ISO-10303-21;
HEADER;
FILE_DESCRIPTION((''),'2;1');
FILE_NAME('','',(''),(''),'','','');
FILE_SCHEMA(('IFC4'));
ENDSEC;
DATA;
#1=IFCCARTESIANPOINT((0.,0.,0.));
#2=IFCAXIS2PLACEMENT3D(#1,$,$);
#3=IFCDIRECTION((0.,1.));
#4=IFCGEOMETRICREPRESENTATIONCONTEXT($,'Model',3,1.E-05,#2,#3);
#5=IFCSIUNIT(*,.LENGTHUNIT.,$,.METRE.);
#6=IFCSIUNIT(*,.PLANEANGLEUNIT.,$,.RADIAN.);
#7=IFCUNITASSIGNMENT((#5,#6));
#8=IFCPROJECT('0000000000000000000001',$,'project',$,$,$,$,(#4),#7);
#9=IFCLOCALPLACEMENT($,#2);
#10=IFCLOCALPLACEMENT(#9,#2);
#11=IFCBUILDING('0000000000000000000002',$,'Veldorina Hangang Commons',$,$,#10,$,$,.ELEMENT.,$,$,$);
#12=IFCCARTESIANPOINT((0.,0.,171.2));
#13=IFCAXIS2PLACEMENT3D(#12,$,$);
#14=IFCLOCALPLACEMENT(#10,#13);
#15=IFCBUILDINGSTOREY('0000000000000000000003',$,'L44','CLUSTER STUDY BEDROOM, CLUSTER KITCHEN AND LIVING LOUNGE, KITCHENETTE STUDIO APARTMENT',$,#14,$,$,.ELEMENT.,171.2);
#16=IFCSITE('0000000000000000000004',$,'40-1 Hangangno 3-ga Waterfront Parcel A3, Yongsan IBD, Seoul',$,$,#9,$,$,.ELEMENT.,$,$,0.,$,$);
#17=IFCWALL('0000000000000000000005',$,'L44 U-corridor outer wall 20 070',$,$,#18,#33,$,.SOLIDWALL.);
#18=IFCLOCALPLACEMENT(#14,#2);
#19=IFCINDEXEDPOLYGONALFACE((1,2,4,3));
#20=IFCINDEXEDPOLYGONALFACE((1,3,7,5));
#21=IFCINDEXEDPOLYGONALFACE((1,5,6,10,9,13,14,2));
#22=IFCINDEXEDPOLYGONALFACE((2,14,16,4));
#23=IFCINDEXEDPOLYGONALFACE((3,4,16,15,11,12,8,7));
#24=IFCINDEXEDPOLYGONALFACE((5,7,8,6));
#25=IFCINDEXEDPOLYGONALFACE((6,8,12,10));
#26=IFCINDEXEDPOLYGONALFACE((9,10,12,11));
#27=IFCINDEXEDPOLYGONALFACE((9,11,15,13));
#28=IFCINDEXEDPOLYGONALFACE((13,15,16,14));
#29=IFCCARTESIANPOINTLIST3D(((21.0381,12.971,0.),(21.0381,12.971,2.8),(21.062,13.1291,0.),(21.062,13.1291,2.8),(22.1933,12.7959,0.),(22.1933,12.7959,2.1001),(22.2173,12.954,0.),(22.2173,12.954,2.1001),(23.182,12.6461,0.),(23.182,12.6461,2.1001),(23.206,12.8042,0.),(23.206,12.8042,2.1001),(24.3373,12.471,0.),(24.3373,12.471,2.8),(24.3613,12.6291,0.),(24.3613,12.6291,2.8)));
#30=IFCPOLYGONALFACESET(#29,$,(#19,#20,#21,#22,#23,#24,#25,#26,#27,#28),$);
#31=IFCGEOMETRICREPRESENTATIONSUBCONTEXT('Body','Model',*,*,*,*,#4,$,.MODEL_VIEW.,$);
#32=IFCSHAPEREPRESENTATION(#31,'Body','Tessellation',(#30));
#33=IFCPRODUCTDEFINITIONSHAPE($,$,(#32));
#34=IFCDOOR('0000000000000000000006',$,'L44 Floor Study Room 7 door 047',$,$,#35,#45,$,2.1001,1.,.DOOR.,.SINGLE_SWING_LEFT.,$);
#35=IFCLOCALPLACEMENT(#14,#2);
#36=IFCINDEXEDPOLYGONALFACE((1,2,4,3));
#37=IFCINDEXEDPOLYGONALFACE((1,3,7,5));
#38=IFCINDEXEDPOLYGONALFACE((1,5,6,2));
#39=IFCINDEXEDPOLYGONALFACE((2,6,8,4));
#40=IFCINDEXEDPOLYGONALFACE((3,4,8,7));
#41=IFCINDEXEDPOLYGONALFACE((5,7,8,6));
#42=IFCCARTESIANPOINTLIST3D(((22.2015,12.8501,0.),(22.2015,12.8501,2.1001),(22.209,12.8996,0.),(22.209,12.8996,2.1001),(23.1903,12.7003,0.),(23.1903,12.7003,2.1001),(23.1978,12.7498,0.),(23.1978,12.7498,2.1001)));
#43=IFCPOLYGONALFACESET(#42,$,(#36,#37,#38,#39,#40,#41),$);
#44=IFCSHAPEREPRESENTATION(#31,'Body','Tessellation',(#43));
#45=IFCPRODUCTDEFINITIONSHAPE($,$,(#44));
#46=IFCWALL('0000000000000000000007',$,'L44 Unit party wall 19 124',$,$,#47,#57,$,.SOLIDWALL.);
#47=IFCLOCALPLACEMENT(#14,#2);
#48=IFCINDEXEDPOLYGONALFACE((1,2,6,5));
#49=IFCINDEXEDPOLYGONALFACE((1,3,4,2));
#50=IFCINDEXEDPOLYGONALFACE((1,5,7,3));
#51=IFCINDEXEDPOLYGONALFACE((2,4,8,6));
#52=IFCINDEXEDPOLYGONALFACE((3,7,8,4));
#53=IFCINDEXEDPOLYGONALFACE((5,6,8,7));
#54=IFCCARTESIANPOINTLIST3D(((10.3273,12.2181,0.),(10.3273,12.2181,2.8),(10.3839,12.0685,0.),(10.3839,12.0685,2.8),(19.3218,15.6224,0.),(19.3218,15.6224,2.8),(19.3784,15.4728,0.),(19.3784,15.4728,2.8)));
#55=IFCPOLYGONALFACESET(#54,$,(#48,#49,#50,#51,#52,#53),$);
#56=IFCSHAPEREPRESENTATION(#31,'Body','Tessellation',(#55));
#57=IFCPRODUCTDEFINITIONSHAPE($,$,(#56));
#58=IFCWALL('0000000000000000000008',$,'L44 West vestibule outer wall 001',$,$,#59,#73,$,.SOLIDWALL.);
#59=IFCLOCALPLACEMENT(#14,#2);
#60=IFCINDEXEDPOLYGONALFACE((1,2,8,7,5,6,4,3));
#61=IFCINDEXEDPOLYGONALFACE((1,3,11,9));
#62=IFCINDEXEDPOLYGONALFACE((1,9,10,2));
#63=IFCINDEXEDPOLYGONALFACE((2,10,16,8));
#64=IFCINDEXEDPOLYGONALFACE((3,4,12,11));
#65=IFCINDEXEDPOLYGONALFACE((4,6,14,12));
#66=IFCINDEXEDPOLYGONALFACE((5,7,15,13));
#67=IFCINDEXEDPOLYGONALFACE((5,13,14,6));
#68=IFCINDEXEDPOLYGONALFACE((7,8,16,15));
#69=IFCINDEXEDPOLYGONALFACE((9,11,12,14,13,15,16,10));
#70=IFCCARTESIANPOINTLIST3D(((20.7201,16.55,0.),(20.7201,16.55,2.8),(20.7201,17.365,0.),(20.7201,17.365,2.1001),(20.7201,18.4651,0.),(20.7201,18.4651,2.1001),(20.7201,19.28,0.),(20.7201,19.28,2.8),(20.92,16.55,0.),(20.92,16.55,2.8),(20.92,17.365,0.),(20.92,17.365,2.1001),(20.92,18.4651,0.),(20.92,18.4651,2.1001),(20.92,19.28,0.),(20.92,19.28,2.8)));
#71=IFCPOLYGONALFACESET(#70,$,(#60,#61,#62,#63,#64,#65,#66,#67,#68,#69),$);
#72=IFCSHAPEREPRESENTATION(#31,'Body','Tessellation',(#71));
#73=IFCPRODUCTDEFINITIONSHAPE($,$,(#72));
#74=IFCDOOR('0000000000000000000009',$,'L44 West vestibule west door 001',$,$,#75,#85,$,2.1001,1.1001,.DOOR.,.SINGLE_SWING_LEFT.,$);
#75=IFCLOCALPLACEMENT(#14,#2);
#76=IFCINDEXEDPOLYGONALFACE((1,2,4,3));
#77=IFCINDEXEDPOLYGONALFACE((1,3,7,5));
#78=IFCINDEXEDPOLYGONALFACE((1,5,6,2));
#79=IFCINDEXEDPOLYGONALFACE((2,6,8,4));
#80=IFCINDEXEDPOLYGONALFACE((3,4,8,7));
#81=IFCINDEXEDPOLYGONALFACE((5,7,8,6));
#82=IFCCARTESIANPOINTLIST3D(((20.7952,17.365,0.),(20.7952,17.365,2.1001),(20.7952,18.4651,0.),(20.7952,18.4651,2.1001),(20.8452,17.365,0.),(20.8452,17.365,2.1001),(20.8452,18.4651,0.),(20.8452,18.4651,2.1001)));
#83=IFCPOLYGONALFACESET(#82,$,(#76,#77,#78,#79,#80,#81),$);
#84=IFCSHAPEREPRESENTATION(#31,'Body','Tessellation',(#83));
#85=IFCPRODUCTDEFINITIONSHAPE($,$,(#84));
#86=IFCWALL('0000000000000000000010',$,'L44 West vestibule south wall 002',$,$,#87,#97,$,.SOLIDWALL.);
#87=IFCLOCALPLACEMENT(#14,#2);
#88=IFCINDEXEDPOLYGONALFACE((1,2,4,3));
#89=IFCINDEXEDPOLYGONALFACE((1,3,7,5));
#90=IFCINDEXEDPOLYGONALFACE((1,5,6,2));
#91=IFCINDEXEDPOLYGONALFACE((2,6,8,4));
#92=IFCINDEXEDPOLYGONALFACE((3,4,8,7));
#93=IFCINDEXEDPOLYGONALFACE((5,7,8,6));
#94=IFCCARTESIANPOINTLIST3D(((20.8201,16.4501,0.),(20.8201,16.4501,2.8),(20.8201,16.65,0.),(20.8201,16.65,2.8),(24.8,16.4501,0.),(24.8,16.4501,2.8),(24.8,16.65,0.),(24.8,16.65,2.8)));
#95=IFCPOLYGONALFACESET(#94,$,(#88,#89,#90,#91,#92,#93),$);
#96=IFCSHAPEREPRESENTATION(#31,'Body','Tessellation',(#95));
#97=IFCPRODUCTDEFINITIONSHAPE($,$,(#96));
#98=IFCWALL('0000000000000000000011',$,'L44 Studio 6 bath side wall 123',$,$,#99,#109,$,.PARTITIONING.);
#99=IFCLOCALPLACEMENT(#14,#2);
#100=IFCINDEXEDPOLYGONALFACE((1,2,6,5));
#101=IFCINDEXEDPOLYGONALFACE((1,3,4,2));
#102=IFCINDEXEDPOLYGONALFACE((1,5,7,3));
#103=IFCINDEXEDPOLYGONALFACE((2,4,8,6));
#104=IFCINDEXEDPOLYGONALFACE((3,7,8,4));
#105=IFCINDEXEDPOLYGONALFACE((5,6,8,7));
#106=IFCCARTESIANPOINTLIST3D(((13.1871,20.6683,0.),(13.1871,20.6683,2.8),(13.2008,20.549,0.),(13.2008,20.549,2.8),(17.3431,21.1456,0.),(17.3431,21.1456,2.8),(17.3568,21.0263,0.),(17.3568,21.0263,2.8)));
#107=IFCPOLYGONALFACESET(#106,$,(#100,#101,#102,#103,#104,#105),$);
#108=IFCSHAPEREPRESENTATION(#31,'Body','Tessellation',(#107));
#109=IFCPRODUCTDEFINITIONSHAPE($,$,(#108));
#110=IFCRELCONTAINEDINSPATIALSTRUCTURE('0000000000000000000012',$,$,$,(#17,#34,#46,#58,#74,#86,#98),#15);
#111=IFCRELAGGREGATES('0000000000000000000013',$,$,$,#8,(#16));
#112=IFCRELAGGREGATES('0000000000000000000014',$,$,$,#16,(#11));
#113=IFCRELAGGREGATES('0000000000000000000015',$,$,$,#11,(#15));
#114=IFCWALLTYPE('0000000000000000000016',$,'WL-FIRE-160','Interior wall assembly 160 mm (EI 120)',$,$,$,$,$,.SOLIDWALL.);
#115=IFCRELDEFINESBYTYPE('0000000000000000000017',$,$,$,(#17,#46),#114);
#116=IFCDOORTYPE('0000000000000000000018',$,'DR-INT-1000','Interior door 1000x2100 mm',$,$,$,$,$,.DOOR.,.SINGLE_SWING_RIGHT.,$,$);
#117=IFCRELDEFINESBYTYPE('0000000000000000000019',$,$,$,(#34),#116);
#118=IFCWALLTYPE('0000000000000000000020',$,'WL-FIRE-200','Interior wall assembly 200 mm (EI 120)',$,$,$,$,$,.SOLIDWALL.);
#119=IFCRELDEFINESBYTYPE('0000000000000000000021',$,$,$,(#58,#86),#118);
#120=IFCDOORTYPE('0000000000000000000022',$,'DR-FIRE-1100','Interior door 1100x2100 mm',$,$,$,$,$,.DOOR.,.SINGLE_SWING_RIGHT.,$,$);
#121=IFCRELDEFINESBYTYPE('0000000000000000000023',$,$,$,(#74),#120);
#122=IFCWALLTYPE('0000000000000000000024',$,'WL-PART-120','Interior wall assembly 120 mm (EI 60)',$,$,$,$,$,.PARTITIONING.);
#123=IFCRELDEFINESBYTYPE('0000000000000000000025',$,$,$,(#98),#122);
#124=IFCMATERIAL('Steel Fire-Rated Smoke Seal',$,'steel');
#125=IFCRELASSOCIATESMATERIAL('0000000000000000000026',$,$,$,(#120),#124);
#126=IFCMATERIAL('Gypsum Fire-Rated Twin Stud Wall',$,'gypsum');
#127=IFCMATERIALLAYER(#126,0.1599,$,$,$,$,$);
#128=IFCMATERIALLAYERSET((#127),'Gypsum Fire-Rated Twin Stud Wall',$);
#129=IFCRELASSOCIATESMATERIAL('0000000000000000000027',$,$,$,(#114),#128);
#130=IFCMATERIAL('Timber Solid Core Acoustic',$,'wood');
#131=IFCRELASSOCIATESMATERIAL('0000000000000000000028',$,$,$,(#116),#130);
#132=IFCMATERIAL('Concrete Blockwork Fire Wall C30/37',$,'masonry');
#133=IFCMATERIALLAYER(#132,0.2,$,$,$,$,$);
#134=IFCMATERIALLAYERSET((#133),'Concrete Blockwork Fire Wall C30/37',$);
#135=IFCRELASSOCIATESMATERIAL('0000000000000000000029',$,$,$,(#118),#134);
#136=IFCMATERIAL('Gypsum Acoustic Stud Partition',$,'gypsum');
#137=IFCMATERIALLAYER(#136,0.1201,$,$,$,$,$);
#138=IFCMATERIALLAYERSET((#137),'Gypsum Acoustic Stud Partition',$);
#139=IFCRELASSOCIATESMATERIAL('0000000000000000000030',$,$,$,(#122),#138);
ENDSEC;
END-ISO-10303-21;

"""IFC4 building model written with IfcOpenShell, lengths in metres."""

from ifc_helpers import new_model, si_unit, direction, frame, frame_2d, origin, place, context, subcontext, project, spatial, rectangle, extrude, material, layer, layer_set, type_object, element, fill, save


model = new_model("IFC4")

# Units and contexts
model_context = context("Model", 3, precision=1e-05, world=origin(), true_north=direction((0.0, 1.0)))
body_context = subcontext(model_context, "Body", "Model", "MODEL_VIEW")
ifc_project = project(units=[si_unit("LENGTHUNIT", "METRE"), si_unit("PLANEANGLEUNIT", "RADIAN")], contexts=[model_context])

# Site, building, storey
site_placement = place(None, origin())
site = spatial("IfcSite", under=ifc_project, at=site_placement, Name="40-1 Hangangno 3-ga Waterfront Parcel A3, Yongsan IBD, Seoul", CompositionType="ELEMENT", RefElevation=0.0)
building_placement = place(site_placement, origin())
building = spatial("IfcBuilding", under=site, at=building_placement, Name="Veldorina Hangang Commons", CompositionType="ELEMENT")
storey_placement = place(building_placement, frame((0.0, 0.0, 171.2)))
storey = spatial("IfcBuildingStorey", under=building, at=storey_placement, Name="L44", Description="CLUSTER STUDY BEDROOM, CLUSTER KITCHEN AND LIVING LOUNGE, KITCHENETTE STUDIO APARTMENT", CompositionType="ELEMENT", Elevation=171.2)

# Shared definitions
ifc_material_1 = material(Name="Steel Fire-Rated Smoke Seal", Category="steel")
door_type_1 = type_object("IfcDoorType", Name="DR-FIRE-1100", Description="Interior door 1100x2100 mm", OperationType="SINGLE_SWING_RIGHT", PredefinedType="DOOR", material=ifc_material_1)
ifc_material_2 = material(Name="Gypsum Fire-Rated Twin Stud Wall", Category="gypsum")
ifc_layer_1 = layer(ifc_material_2, 0.1599)
ifc_layer_set_1 = layer_set([ifc_layer_1], Name="Gypsum Fire-Rated Twin Stud Wall")
wall_type_1 = type_object("IfcWallType", Name="WL-FIRE-160", Description="Interior wall assembly 160 mm (EI 120)", PredefinedType="SOLIDWALL", material=ifc_layer_set_1)

# Wall, opening, door
wall_1_placement = place(storey_placement, frame((21.05, 13.05, 0.0), z_axis=(0.0, 0.0, 1.0), x_axis=(0.988711, -0.149836, 0.0)))
wall_1 = element("IfcWall", 1, at=wall_1_placement, inside=storey, type_object=wall_type_1, Name="L44 U-corridor outer wall 20 070", PredefinedType="SOLIDWALL", context=body_context, shape_type="SweptSolid", body=[
    extrude(rectangle(XDim=3.3369, YDim=0.1599, at=frame_2d((1.6685, 0.0))), origin(), (0.0, 0.0, 1.0), 2.8),
])
opening_1_placement = place(wall_1_placement, frame((1.1685, 0.0, 0.0)))
opening_1 = element("IfcOpeningElement", 2, at=opening_1_placement, cuts=wall_1, PredefinedType="OPENING", context=body_context, shape_type="SweptSolid", body=[
    extrude(rectangle(XDim=1.0, YDim=2.1001, at=frame_2d((0.5, 1.05))), frame((0.0, 0.0898, 0.0), z_axis=(0.0, -1.0, 0.0), x_axis=(1.0, 0.0, 0.0)), (0.0, 0.0, 1.0), 0.1799),
])
ifc_material_3 = material(Name="Timber Solid Core Acoustic", Category="wood")
door_type_2 = type_object("IfcDoorType", Name="DR-INT-1000", Description="Interior door 1000x2100 mm", OperationType="SINGLE_SWING_RIGHT", PredefinedType="DOOR", material=ifc_material_3)
door_1_placement = place(opening_1_placement, origin())
door_1 = element("IfcDoor", 3, at=door_1_placement, inside=storey, type_object=door_type_2, Name="L44 Floor Study Room 7 door 047", OperationType="SINGLE_SWING_LEFT", OverallHeight=2.1001, OverallWidth=1.0, PredefinedType="DOOR", context=body_context, shape_type="SweptSolid", body=[
    extrude(rectangle(XDim=1.0, YDim=2.1001, at=frame_2d((0.5, 1.05))), frame((0.0, 0.0249, 0.0), z_axis=(0.0, -1.0, 0.0), x_axis=(1.0, 0.0, 0.0)), (0.0, 0.0, 1.0), 0.05),
])
fill(opening_1, door_1)

# Wall
wall_2_placement = place(storey_placement, frame((19.3501, 15.5476, 0.0), z_axis=(0.0, 0.0, 1.0), x_axis=(-0.935251, -0.353985, 0.0)))
element("IfcWall", 4, at=wall_2_placement, inside=storey, type_object=wall_type_1, Name="L44 Unit party wall 19 124", PredefinedType="SOLIDWALL", context=body_context, shape_type="SweptSolid", body=[
    extrude(rectangle(XDim=9.6172, YDim=0.1599, at=frame_2d((4.8086, 0.0))), origin(), (0.0, 0.0, 1.0), 2.8),
])

# Wall, opening, door
ifc_material_4 = material(Name="Concrete Blockwork Fire Wall C30/37", Category="masonry")
ifc_layer_2 = layer(ifc_material_4, 0.2)
ifc_layer_set_2 = layer_set([ifc_layer_2], Name="Concrete Blockwork Fire Wall C30/37")
wall_type_2 = type_object("IfcWallType", Name="WL-FIRE-200", Description="Interior wall assembly 200 mm (EI 120)", PredefinedType="SOLIDWALL", material=ifc_layer_set_2)
wall_3_placement = place(storey_placement, frame((20.8201, 16.55, 0.0), z_axis=(0.0, 0.0, 1.0), x_axis=(0.0, 1.0, 0.0)))
wall_3 = element("IfcWall", 5, at=wall_3_placement, inside=storey, type_object=wall_type_2, Name="L44 West vestibule outer wall 001", PredefinedType="SOLIDWALL", context=body_context, shape_type="SweptSolid", body=[
    extrude(rectangle(XDim=2.73, YDim=0.2, at=frame_2d((1.365, 0.0))), origin(), (0.0, 0.0, 1.0), 2.8),
])
opening_2_placement = place(wall_3_placement, frame((0.8149, 0.0, 0.0)))
opening_2 = element("IfcOpeningElement", 6, at=opening_2_placement, cuts=wall_3, PredefinedType="OPENING", context=body_context, shape_type="SweptSolid", body=[
    extrude(rectangle(XDim=1.1001, YDim=2.1001, at=frame_2d((0.55, 1.05))), frame((0.0, 0.1099, 0.0), z_axis=(0.0, -1.0, 0.0), x_axis=(1.0, 0.0, 0.0)), (0.0, 0.0, 1.0), 0.22),
])
door_2_placement = place(opening_2_placement, origin())
door_2 = element("IfcDoor", 7, at=door_2_placement, inside=storey, type_object=door_type_1, Name="L44 West vestibule west door 001", OperationType="SINGLE_SWING_LEFT", OverallHeight=2.1001, OverallWidth=1.1001, PredefinedType="DOOR", context=body_context, shape_type="SweptSolid", body=[
    extrude(rectangle(XDim=1.1001, YDim=2.1001, at=frame_2d((0.55, 1.05))), frame((0.0, 0.0249, 0.0), z_axis=(0.0, -1.0, 0.0), x_axis=(1.0, 0.0, 0.0)), (0.0, 0.0, 1.0), 0.05),
])
fill(opening_2, door_2)

# Walls
wall_4_placement = place(storey_placement, frame((20.8201, 16.55, 0.0), z_axis=(0.0, 0.0, 1.0), x_axis=(1.0, 0.0, 0.0)))
element("IfcWall", 8, at=wall_4_placement, inside=storey, type_object=wall_type_2, Name="L44 West vestibule south wall 002", PredefinedType="SOLIDWALL", context=body_context, shape_type="SweptSolid", body=[
    extrude(rectangle(XDim=3.98, YDim=0.2, at=frame_2d((1.99, 0.0))), origin(), (0.0, 0.0, 1.0), 2.8),
])
ifc_material_5 = material(Name="Gypsum Acoustic Stud Partition", Category="gypsum")
ifc_layer_3 = layer(ifc_material_5, 0.1201)
ifc_layer_set_3 = layer_set([ifc_layer_3], Name="Gypsum Acoustic Stud Partition")
wall_type_3 = type_object("IfcWallType", Name="WL-PART-120", Description="Interior wall assembly 120 mm (EI 60)", PredefinedType="PARTITIONING", material=ifc_layer_set_3)
wall_5_placement = place(storey_placement, frame((17.3501, 21.0859, 0.0), z_axis=(0.0, 0.0, 1.0), x_axis=(-0.99347, -0.114095, 0.0)))
element("IfcWall", 9, at=wall_5_placement, inside=storey, type_object=wall_type_3, Name="L44 Studio 6 bath side wall 123", PredefinedType="PARTITIONING", context=body_context, shape_type="SweptSolid", body=[
    extrude(rectangle(XDim=4.1833, YDim=0.1201, at=frame_2d((2.0918, 0.0))), origin(), (0.0, 0.0, 1.0), 2.8),
])

save(model, "model.ifc")
